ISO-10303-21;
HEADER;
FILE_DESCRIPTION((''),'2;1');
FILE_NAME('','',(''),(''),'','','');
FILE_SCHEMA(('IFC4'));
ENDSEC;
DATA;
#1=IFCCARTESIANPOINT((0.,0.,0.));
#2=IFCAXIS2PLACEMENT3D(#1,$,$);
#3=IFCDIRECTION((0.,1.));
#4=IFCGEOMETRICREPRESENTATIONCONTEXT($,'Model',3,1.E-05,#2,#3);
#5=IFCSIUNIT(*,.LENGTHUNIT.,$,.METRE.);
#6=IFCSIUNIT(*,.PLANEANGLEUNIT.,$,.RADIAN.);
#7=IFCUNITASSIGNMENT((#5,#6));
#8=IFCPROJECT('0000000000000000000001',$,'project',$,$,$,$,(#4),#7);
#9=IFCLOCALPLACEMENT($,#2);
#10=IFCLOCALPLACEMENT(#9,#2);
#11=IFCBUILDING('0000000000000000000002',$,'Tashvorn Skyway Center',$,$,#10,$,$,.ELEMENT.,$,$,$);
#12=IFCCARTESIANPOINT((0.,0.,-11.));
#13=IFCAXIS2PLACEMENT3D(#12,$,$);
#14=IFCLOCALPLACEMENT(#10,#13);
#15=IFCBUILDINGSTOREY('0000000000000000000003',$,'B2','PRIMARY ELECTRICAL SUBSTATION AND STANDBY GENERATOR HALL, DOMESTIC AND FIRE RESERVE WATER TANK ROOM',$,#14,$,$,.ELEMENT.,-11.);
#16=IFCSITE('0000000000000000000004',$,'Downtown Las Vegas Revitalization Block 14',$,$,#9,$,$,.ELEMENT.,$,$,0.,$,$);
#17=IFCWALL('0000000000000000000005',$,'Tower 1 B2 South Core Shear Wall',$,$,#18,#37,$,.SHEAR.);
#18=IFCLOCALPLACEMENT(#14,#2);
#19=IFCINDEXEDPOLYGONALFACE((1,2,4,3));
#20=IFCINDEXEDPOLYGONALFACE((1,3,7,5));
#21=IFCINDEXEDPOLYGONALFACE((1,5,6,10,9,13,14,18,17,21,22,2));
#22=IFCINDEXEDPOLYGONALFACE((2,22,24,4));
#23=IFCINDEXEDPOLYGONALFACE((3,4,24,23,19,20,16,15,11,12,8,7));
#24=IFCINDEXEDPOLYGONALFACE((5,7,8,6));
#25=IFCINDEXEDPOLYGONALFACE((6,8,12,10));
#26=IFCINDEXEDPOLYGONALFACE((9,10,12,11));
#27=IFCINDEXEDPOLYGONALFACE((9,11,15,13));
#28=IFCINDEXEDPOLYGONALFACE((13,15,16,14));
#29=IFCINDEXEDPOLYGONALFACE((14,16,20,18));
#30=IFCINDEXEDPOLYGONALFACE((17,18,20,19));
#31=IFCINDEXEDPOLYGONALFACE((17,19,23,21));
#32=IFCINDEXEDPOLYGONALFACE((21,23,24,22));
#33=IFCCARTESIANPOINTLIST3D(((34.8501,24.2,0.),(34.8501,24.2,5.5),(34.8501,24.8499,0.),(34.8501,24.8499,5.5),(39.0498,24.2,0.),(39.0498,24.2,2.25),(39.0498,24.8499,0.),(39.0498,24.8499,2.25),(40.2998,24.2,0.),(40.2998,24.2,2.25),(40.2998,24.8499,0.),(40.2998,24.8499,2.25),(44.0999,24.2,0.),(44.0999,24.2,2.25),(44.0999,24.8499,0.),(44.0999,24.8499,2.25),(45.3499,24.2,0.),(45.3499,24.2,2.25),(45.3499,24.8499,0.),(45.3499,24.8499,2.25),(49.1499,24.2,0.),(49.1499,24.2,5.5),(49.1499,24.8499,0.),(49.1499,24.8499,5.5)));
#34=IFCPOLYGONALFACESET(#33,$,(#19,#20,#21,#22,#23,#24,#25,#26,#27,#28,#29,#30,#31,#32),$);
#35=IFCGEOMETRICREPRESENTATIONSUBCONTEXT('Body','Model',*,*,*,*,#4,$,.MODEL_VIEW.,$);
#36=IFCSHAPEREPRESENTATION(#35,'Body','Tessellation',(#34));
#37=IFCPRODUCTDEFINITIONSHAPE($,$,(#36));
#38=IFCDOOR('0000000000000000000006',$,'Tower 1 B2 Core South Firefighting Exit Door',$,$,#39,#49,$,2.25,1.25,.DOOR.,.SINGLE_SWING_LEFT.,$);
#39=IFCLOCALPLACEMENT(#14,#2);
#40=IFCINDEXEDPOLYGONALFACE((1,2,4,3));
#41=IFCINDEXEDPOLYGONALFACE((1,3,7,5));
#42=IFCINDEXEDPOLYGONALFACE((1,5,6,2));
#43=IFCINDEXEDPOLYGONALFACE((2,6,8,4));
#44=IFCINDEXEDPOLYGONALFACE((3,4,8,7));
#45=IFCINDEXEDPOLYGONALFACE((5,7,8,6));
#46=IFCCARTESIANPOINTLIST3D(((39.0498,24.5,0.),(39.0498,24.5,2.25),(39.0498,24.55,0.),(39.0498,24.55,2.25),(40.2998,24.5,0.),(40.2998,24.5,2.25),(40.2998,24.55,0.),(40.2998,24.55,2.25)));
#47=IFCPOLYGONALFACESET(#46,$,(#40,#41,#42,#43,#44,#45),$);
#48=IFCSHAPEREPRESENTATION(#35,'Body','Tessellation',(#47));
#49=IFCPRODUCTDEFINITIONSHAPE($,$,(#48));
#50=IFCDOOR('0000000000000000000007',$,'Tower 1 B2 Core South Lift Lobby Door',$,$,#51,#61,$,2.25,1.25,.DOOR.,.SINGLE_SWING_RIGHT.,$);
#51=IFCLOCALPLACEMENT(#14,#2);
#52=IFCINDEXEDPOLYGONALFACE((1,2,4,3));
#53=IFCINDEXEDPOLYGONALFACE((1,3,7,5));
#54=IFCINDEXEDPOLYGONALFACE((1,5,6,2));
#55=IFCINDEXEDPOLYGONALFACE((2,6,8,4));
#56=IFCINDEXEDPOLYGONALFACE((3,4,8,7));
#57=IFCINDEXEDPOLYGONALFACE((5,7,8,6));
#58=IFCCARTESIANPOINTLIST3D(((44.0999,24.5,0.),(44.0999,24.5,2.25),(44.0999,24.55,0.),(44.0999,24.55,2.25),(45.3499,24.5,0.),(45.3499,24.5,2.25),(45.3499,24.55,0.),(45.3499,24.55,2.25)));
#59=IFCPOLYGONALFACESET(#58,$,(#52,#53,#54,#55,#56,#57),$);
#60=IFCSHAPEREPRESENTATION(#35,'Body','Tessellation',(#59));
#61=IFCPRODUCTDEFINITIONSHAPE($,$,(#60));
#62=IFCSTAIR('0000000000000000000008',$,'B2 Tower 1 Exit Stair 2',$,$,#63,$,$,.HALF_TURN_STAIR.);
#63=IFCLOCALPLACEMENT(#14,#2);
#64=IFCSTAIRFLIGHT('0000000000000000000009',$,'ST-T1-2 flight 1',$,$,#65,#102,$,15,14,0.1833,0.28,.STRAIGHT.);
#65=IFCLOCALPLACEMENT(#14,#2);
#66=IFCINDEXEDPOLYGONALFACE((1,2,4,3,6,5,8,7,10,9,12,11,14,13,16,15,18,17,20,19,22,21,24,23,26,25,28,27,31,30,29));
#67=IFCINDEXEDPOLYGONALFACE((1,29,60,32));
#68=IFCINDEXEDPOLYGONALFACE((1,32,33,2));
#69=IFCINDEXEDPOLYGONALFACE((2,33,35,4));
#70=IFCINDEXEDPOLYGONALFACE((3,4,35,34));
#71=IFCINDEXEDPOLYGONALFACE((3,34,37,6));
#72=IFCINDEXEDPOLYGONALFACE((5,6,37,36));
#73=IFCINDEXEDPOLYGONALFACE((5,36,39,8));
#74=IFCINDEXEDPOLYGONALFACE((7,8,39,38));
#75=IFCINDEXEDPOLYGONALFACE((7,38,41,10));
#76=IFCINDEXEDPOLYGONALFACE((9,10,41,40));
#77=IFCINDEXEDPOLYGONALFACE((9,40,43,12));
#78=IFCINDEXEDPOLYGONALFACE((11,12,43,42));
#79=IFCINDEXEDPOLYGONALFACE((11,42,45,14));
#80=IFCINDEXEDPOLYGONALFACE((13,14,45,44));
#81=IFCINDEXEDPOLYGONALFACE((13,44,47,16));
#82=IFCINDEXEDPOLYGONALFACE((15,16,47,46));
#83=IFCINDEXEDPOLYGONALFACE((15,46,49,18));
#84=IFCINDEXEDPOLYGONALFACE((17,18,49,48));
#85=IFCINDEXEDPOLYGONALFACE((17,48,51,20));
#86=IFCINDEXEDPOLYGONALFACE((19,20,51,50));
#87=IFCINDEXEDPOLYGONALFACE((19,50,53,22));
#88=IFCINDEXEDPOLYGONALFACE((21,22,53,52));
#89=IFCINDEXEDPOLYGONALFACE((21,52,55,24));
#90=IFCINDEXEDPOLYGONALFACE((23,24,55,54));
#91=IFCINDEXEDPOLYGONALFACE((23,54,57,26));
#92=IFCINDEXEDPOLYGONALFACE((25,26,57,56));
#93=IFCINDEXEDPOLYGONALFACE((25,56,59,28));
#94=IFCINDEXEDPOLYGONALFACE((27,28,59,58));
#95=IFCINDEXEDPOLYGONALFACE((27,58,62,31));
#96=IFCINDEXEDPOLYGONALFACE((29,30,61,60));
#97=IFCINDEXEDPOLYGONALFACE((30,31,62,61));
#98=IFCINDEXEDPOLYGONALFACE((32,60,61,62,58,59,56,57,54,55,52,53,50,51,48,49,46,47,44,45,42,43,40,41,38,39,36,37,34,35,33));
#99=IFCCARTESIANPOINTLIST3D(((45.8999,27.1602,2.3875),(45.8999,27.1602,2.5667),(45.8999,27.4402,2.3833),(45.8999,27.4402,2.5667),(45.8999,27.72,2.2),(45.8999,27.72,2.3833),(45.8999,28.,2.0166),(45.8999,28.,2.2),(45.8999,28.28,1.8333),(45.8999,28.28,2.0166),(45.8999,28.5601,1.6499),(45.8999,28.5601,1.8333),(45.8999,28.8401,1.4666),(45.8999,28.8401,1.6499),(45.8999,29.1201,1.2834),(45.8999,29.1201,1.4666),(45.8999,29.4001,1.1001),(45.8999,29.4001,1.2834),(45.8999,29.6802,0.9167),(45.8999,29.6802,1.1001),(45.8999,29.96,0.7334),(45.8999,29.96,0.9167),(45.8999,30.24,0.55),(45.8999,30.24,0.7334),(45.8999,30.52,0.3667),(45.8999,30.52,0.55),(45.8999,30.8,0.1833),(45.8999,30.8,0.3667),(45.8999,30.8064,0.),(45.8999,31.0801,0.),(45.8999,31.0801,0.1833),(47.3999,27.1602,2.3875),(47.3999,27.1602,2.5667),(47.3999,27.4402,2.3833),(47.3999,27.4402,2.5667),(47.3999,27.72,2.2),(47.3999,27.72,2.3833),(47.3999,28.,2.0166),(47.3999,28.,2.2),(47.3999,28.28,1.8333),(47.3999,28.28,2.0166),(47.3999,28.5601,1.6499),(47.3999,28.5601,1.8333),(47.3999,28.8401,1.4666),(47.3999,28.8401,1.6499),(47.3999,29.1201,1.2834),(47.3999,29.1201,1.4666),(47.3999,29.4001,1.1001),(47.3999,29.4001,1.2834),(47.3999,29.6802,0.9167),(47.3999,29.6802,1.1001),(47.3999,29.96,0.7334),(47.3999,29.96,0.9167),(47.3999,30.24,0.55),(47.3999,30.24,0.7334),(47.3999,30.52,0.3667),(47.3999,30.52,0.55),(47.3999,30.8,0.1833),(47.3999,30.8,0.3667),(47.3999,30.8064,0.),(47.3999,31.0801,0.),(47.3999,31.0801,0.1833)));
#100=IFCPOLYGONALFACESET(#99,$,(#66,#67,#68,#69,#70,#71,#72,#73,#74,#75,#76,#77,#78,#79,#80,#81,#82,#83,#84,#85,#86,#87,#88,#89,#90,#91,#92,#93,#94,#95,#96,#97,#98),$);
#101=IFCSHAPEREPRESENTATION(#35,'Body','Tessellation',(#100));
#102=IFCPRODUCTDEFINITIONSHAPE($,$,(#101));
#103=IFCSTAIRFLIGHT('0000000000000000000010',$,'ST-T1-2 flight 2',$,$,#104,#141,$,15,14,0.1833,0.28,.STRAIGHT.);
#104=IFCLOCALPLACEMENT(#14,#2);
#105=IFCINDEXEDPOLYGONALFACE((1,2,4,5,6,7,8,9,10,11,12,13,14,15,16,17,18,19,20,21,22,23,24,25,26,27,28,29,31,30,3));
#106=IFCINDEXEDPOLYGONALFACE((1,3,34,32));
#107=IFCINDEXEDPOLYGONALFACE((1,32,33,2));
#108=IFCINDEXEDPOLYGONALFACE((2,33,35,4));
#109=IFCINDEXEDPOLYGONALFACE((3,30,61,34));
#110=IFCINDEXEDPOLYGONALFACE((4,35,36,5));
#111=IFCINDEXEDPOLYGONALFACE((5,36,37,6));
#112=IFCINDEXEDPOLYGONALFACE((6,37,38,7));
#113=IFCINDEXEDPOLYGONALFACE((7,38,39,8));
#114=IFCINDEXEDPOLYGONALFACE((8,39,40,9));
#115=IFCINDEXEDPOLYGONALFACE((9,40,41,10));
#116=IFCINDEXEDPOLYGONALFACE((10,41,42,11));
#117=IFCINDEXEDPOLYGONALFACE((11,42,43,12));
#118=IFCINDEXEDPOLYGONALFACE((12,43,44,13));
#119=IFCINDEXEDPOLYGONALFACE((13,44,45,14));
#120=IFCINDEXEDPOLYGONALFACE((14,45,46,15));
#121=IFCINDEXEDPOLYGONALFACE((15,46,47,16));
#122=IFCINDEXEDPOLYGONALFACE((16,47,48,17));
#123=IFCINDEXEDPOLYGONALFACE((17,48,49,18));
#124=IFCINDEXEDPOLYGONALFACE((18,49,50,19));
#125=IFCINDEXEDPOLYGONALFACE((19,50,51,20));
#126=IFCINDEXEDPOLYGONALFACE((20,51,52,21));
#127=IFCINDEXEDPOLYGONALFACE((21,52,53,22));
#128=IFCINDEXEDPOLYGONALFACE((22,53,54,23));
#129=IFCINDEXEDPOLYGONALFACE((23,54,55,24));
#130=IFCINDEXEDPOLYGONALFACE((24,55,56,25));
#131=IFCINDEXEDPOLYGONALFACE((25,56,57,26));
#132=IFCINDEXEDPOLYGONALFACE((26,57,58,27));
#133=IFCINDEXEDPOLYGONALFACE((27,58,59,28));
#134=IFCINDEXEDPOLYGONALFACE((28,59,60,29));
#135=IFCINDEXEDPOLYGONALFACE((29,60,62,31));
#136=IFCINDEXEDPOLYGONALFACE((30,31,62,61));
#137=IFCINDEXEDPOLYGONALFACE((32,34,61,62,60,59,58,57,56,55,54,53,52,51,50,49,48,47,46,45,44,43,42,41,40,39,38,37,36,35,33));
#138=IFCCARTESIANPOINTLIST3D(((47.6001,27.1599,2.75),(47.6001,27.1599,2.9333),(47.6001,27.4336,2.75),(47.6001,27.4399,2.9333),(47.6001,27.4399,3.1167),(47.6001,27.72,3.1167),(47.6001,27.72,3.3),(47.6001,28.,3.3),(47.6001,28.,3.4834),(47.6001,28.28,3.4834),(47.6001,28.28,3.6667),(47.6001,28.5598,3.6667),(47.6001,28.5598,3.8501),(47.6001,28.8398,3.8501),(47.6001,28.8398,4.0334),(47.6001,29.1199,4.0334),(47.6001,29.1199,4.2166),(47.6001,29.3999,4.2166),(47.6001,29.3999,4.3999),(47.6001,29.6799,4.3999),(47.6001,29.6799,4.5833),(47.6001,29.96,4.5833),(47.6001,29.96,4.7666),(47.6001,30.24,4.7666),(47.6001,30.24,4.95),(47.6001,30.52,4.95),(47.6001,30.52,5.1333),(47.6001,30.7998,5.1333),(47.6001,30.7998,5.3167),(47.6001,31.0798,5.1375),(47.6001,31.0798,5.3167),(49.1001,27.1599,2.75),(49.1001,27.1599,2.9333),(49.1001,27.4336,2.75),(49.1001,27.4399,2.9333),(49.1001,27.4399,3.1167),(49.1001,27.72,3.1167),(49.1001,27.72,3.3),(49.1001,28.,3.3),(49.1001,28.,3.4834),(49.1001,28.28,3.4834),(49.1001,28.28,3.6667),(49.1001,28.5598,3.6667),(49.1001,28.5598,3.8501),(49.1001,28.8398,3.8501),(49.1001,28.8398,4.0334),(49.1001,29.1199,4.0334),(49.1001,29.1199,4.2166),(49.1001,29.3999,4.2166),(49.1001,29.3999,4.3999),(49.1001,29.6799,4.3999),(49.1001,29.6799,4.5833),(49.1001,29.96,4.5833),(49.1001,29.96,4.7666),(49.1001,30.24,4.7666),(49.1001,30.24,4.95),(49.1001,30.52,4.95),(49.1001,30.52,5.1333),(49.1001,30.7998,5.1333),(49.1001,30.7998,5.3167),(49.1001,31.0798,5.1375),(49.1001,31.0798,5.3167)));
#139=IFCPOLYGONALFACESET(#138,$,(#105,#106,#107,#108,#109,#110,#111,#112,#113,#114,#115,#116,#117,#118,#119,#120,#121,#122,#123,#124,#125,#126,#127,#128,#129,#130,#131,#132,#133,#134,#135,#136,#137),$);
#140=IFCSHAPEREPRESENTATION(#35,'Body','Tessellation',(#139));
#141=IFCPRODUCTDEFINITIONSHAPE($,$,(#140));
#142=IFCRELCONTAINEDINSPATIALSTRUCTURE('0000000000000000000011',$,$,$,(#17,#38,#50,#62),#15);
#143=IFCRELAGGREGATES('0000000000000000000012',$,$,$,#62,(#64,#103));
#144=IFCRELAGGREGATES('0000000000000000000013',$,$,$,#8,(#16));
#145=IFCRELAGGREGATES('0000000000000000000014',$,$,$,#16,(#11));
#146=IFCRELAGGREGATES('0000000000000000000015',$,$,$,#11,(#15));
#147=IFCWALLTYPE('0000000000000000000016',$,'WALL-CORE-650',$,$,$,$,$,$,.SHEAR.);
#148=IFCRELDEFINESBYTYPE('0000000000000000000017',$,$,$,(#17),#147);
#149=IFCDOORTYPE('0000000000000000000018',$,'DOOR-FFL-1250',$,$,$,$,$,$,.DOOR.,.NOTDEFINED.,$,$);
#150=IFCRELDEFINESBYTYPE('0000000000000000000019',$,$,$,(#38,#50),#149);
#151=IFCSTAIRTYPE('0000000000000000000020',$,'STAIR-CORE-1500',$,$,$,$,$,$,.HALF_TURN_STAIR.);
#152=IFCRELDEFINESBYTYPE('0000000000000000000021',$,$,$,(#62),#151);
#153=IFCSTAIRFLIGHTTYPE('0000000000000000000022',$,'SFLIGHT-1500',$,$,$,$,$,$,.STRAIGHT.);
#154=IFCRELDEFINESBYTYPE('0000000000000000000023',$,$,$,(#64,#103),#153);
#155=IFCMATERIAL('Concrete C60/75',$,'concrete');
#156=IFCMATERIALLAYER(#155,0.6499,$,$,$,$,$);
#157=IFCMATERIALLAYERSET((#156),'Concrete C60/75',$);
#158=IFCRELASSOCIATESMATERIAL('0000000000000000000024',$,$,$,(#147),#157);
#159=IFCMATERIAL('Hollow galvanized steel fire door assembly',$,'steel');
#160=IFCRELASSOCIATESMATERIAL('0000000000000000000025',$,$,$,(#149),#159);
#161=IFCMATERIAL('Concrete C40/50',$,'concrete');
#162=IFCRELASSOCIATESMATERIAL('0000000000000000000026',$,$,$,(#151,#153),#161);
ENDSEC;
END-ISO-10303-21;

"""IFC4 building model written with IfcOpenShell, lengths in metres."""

from ifc_helpers import new_model, si_unit, direction, frame, frame_2d, origin, place, context, subcontext, project, spatial, polyline, rectangle, outline, extrude, material, layer, layer_set, type_object, element, fill, aggregate, save


model = new_model("IFC4")

# Units and contexts
model_context = context("Model", 3, precision=1e-05, world=origin(), true_north=direction((0.0, 1.0)))
body_context = subcontext(model_context, "Body", "Model", "MODEL_VIEW")
ifc_project = project(units=[si_unit("LENGTHUNIT", "METRE"), si_unit("PLANEANGLEUNIT", "RADIAN")], contexts=[model_context])

# Site, building, storey
site_placement = place(None, origin())
site = spatial("IfcSite", under=ifc_project, at=site_placement, Name="Downtown Las Vegas Revitalization Block 14", CompositionType="ELEMENT", RefElevation=0.0)
building_placement = place(site_placement, origin())
building = spatial("IfcBuilding", under=site, at=building_placement, Name="Tashvorn Skyway Center", CompositionType="ELEMENT")
storey_placement = place(building_placement, frame((0.0, 0.0, -11.0)))
storey = spatial("IfcBuildingStorey", under=building, at=storey_placement, Name="B2", Description="PRIMARY ELECTRICAL SUBSTATION AND STANDBY GENERATOR HALL, DOMESTIC AND FIRE RESERVE WATER TANK ROOM", CompositionType="ELEMENT", Elevation=-11.0)

# Wall, openings, doors
ifc_material_1 = material(Name="Concrete C60/75", Category="concrete")
ifc_layer_1 = layer(ifc_material_1, 0.6499)
ifc_layer_set_1 = layer_set([ifc_layer_1], Name="Concrete C60/75")
wall_type = type_object("IfcWallType", Name="WALL-CORE-650", PredefinedType="SHEAR", material=ifc_layer_set_1)
wall_placement = place(storey_placement, frame((49.1499, 24.5249, 0.0), z_axis=(0.0, 0.0, 1.0), x_axis=(-1.0, 0.0, 0.0)))
wall = element("IfcWall", 1, at=wall_placement, inside=storey, type_object=wall_type, Name="Tower 1 B2 South Core Shear Wall", PredefinedType="SHEAR", context=body_context, shape_type="SweptSolid", body=[
    extrude(rectangle(XDim=14.2998, YDim=0.6499, at=frame_2d((7.1499, 0.0))), origin(), (0.0, 0.0, 1.0), 5.5),
])
opening_1_placement = place(wall_placement, frame((8.8501, 0.0, 0.0)))
opening_1 = element("IfcOpeningElement", 2, at=opening_1_placement, cuts=wall, PredefinedType="OPENING", context=body_context, shape_type="SweptSolid", body=[
    extrude(rectangle(XDim=1.25, YDim=2.25, at=frame_2d((0.625, 1.125))), frame((0.0, 0.335, 0.0), z_axis=(0.0, -1.0, 0.0), x_axis=(1.0, 0.0, 0.0)), (0.0, 0.0, 1.0), 0.6699),
])
opening_2_placement = place(wall_placement, frame((3.8, 0.0, 0.0)))
opening_2 = element("IfcOpeningElement", 3, at=opening_2_placement, cuts=wall, PredefinedType="OPENING", context=body_context, shape_type="SweptSolid", body=[
    extrude(rectangle(XDim=1.25, YDim=2.25, at=frame_2d((0.625, 1.125))), frame((0.0, 0.335, 0.0), z_axis=(0.0, -1.0, 0.0), x_axis=(1.0, 0.0, 0.0)), (0.0, 0.0, 1.0), 0.6699),
])
ifc_material_2 = material(Name="Hollow galvanized steel fire door assembly", Category="steel")
door_type = type_object("IfcDoorType", Name="DOOR-FFL-1250", OperationType="NOTDEFINED", PredefinedType="DOOR", material=ifc_material_2)
door_1_placement = place(opening_1_placement, origin())
door_1 = element("IfcDoor", 4, at=door_1_placement, inside=storey, type_object=door_type, Name="Tower 1 B2 Core South Firefighting Exit Door", OperationType="SINGLE_SWING_LEFT", OverallHeight=2.25, OverallWidth=1.25, PredefinedType="DOOR", context=body_context, shape_type="SweptSolid", body=[
    extrude(rectangle(XDim=1.25, YDim=2.25, at=frame_2d((0.625, 1.125))), frame((0.0, 0.0249, 0.0), z_axis=(0.0, -1.0, 0.0), x_axis=(1.0, 0.0, 0.0)), (0.0, 0.0, 1.0), 0.05),
])
fill(opening_1, door_1)
door_2_placement = place(opening_2_placement, origin())
door_2 = element("IfcDoor", 5, at=door_2_placement, inside=storey, type_object=door_type, Name="Tower 1 B2 Core South Lift Lobby Door", OperationType="SINGLE_SWING_RIGHT", OverallHeight=2.25, OverallWidth=1.25, PredefinedType="DOOR", context=body_context, shape_type="SweptSolid", body=[
    extrude(rectangle(XDim=1.25, YDim=2.25, at=frame_2d((0.625, 1.125))), frame((0.0, 0.0249, 0.0), z_axis=(0.0, -1.0, 0.0), x_axis=(1.0, 0.0, 0.0)), (0.0, 0.0, 1.0), 0.05),
])
fill(opening_2, door_2)

# Stair, stair flights
ifc_material_3 = material(Name="Concrete C40/50", Category="concrete")
stair_type = type_object("IfcStairType", Name="STAIR-CORE-1500", PredefinedType="HALF_TURN_STAIR", material=ifc_material_3)
stair_placement = place(storey_placement, origin())
stair = element("IfcStair", 6, at=stair_placement, inside=storey, type_object=stair_type, Name="B2 Tower 1 Exit Stair 2", PredefinedType="HALF_TURN_STAIR")
stair_flight_type = type_object("IfcStairFlightType", Name="SFLIGHT-1500", PredefinedType="STRAIGHT", material=ifc_material_3)
stair_flight_1_placement = place(storey_placement, frame((46.6499, 31.0801, 0.0), z_axis=(0.0, 0.0, 1.0), x_axis=(0.0, -1.0, 0.0)))
stair_flight_1 = element("IfcStairFlight", 7, at=stair_flight_1_placement, type_object=stair_flight_type, Name="ST-T1-2 flight 1", NumberOfRisers=15, NumberOfTreads=14, PredefinedType="STRAIGHT", RiserHeight=0.1833, TreadLength=0.28, context=body_context, shape_type="SweptSolid", body=[
    extrude(outline(polyline([(0.0, 0.0), (0.0, 0.1833), (0.28, 0.1833), (0.28, 0.3667), (0.5601, 0.3667), (0.5601, 0.55), (0.8401, 0.55), (0.8401, 0.7334), (1.1201, 0.7334), (1.1201, 0.9167), (1.3999, 0.9167), (1.3999, 1.1001), (1.6799, 1.1001), (1.6799, 1.2834), (1.96, 1.2834), (1.96, 1.4666), (2.24, 1.4666), (2.24, 1.6499), (2.52, 1.6499), (2.52, 1.8333), (2.8, 1.8333), (2.8, 2.0166), (3.0801, 2.0166), (3.0801, 2.2), (3.3601, 2.2), (3.3601, 2.3833), (3.6399, 2.3833), (3.6399, 2.5667), (3.9199, 2.5667), (3.9199, 2.75), (3.9199, 2.3875), (0.2737, 0.0), (0.0, 0.0)])), frame((0.0, 0.75, 0.0), z_axis=(0.0, -1.0, 0.0), x_axis=(1.0, 0.0, 0.0)), (0.0, 0.0, 1.0), 1.5),
])
stair_flight_2_placement = place(storey_placement, frame((48.3501, 27.1599, 2.75), z_axis=(0.0, 0.0, 1.0), x_axis=(0.0, 1.0, 0.0)))
stair_flight_2 = element("IfcStairFlight", 8, at=stair_flight_2_placement, type_object=stair_flight_type, Name="ST-T1-2 flight 2", NumberOfRisers=15, NumberOfTreads=14, PredefinedType="STRAIGHT", RiserHeight=0.1833, TreadLength=0.28, context=body_context, shape_type="SweptSolid", body=[
    extrude(outline(polyline([(0.0, 0.0), (0.0, 0.1833), (0.28, 0.1833), (0.28, 0.3667), (0.5601, 0.3667), (0.5601, 0.55), (0.8401, 0.55), (0.8401, 0.7334), (1.1201, 0.7334), (1.1201, 0.9167), (1.3999, 0.9167), (1.3999, 1.1001), (1.6799, 1.1001), (1.6799, 1.2834), (1.96, 1.2834), (1.96, 1.4666), (2.24, 1.4666), (2.24, 1.6499), (2.52, 1.6499), (2.52, 1.8333), (2.8, 1.8333), (2.8, 2.0166), (3.0801, 2.0166), (3.0801, 2.2), (3.3601, 2.2), (3.3601, 2.3833), (3.6399, 2.3833), (3.6399, 2.5667), (3.9199, 2.5667), (3.9199, 2.75), (3.9199, 2.3875), (0.2737, 0.0), (0.0, 0.0)])), frame((0.0, 0.75, 0.0), z_axis=(0.0, -1.0, 0.0), x_axis=(1.0, 0.0, 0.0)), (0.0, 0.0, 1.0), 1.5),
])
aggregate(stair, [stair_flight_1, stair_flight_2])

save(model, "model.ifc")
